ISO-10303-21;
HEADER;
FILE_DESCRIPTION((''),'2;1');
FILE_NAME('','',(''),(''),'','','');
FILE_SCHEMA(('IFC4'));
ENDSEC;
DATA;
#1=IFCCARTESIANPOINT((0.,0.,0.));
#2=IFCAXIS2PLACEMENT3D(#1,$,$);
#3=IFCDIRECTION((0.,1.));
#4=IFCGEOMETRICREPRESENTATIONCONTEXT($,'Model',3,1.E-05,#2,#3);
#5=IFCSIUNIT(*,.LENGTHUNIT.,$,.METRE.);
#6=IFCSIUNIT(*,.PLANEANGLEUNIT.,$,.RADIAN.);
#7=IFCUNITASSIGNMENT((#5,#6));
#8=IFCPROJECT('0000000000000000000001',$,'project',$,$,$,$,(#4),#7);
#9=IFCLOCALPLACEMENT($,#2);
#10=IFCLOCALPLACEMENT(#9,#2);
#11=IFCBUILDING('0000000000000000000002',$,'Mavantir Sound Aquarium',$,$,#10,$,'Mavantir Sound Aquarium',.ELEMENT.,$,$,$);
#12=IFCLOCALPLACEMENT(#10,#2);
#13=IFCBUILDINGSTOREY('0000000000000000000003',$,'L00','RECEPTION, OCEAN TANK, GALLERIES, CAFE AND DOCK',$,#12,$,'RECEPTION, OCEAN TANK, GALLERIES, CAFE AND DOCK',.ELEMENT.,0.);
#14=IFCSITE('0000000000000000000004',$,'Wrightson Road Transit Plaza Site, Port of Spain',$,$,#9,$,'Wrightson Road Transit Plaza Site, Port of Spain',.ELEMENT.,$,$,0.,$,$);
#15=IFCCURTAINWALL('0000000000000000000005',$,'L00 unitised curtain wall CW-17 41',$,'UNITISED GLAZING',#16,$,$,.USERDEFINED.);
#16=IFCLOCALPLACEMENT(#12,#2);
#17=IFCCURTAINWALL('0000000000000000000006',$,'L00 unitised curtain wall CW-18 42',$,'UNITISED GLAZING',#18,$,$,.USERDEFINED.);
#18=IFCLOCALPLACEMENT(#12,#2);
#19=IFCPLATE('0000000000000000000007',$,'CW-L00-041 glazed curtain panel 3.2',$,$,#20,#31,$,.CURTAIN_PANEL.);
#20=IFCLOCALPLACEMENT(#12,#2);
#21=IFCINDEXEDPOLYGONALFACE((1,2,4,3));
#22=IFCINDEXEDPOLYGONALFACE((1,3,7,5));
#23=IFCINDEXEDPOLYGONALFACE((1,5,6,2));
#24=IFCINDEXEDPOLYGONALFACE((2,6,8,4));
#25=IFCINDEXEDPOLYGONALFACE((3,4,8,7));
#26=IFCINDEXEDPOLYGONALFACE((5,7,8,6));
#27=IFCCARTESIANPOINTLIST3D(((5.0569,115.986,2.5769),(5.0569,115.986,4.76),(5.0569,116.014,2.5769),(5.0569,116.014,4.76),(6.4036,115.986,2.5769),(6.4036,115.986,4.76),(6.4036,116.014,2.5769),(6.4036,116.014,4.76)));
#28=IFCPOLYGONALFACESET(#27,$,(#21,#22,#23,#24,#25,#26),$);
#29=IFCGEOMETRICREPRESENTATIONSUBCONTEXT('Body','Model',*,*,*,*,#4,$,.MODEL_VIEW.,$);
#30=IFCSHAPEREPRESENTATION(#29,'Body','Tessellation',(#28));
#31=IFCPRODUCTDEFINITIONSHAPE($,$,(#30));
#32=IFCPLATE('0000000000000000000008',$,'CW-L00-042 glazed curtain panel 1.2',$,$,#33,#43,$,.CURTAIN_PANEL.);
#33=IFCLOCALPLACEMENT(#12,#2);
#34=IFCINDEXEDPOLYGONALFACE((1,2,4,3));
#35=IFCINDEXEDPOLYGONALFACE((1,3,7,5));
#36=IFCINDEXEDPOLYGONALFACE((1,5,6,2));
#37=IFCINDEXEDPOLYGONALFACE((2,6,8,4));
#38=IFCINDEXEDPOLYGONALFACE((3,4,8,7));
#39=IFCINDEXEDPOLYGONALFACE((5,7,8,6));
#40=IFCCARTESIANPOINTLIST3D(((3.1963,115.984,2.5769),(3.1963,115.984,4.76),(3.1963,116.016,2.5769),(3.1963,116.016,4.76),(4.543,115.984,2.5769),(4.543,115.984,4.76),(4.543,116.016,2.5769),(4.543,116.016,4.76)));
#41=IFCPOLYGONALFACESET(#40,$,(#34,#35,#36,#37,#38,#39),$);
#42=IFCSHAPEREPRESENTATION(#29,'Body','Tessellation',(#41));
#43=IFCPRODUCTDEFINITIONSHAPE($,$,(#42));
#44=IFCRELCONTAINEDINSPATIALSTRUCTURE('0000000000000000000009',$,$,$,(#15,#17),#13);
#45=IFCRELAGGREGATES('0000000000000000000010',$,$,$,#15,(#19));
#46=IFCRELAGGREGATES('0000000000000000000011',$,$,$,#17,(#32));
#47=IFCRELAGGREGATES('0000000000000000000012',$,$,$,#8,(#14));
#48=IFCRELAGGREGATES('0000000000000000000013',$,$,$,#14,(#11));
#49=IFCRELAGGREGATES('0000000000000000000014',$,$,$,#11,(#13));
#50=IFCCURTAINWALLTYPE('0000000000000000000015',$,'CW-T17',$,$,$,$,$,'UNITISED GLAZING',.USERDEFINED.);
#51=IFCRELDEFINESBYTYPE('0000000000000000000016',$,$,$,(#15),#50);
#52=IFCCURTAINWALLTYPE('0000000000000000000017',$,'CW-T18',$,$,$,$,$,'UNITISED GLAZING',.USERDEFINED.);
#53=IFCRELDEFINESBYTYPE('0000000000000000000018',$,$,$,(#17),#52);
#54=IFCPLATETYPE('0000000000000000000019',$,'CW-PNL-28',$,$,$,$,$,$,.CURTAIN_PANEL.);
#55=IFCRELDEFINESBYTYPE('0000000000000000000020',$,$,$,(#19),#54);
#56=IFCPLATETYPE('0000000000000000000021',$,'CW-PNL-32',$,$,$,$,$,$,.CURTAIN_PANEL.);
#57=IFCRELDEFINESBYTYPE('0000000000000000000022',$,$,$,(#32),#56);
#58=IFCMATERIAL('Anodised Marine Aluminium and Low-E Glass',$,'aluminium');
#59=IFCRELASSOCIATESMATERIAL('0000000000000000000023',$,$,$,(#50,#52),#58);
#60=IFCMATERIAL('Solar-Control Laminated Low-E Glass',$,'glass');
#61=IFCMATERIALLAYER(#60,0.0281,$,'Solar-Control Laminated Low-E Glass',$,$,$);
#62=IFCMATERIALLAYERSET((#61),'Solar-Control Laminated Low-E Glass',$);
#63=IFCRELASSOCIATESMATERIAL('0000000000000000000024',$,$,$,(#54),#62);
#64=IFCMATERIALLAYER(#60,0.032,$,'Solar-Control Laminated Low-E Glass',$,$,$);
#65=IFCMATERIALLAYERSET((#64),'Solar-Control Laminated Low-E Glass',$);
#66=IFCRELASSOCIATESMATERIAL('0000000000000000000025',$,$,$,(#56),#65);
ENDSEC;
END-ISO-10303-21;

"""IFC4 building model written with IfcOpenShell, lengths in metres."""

from ifc_helpers import new_model, si_unit, direction, frame, origin, origin_2d, place, context, subcontext, project, spatial, rectangle, extrude, material, layer, layer_set, type_object, element, aggregate, save


model = new_model("IFC4")

# Units and contexts
model_context = context("Model", 3, precision=1e-05, world=origin(), true_north=direction((0.0, 1.0)))
body_context = subcontext(model_context, "Body", "Model", "MODEL_VIEW")
ifc_project = project(units=[si_unit("LENGTHUNIT", "METRE"), si_unit("PLANEANGLEUNIT", "RADIAN")], contexts=[model_context])

# Site, building, storey
site_placement = place(None, origin())
site = spatial("IfcSite", under=ifc_project, at=site_placement, Name="Wrightson Road Transit Plaza Site, Port of Spain", LongName="Wrightson Road Transit Plaza Site, Port of Spain", CompositionType="ELEMENT", RefElevation=0.0)
building_placement = place(site_placement, origin())
building = spatial("IfcBuilding", under=site, at=building_placement, Name="Mavantir Sound Aquarium", LongName="Mavantir Sound Aquarium", CompositionType="ELEMENT")
storey_placement = place(building_placement, origin())
storey = spatial("IfcBuildingStorey", under=building, at=storey_placement, Name="L00", Description="RECEPTION, OCEAN TANK, GALLERIES, CAFE AND DOCK", LongName="RECEPTION, OCEAN TANK, GALLERIES, CAFE AND DOCK", CompositionType="ELEMENT", Elevation=0.0)

# Curtain wall
ifc_material_1 = material(Name="Anodised Marine Aluminium and Low-E Glass", Category="aluminium")
curtain_wall_type_1 = type_object("IfcCurtainWallType", Name="CW-T17", ElementType="UNITISED GLAZING", PredefinedType="USERDEFINED", material=ifc_material_1)
curtain_wall_1_placement = place(storey_placement, origin())
curtain_wall_1 = element("IfcCurtainWall", 1, at=curtain_wall_1_placement, inside=storey, type_object=curtain_wall_type_1, Name="L00 unitised curtain wall CW-17 41", ObjectType="UNITISED GLAZING", PredefinedType="USERDEFINED")

# Curtain wall
curtain_wall_type_2 = type_object("IfcCurtainWallType", Name="CW-T18", ElementType="UNITISED GLAZING", PredefinedType="USERDEFINED", material=ifc_material_1)
curtain_wall_2_placement = place(storey_placement, origin())
curtain_wall_2 = element("IfcCurtainWall", 2, at=curtain_wall_2_placement, inside=storey, type_object=curtain_wall_type_2, Name="L00 unitised curtain wall CW-18 42", ObjectType="UNITISED GLAZING", PredefinedType="USERDEFINED")

# Plates
ifc_material_2 = material(Name="Solar-Control Laminated Low-E Glass", Category="glass")
ifc_layer_1 = layer(ifc_material_2, 0.0281, Name="Solar-Control Laminated Low-E Glass")
ifc_layer_set_1 = layer_set([ifc_layer_1], Name="Solar-Control Laminated Low-E Glass")
plate_type_1 = type_object("IfcPlateType", Name="CW-PNL-28", PredefinedType="CURTAIN_PANEL", material=ifc_layer_set_1)
plate_1_placement = place(storey_placement, frame((5.7302, 116.0, 2.5769), z_axis=(0.0, 0.0, 1.0), x_axis=(-1.0, 0.0, 0.0)))
plate_1 = element("IfcPlate", 3, at=plate_1_placement, type_object=plate_type_1, Name="CW-L00-041 glazed curtain panel 3.2", PredefinedType="CURTAIN_PANEL", context=body_context, shape_type="SweptSolid", body=[
    extrude(rectangle(XDim=1.3467, YDim=0.0281, at=origin_2d()), origin(), (0.0, 0.0, 1.0), 2.1831),
])
aggregate(curtain_wall_1, [plate_1])
ifc_layer_2 = layer(ifc_material_2, 0.032, Name="Solar-Control Laminated Low-E Glass")
ifc_layer_set_2 = layer_set([ifc_layer_2], Name="Solar-Control Laminated Low-E Glass")
plate_type_2 = type_object("IfcPlateType", Name="CW-PNL-32", PredefinedType="CURTAIN_PANEL", material=ifc_layer_set_2)
plate_2_placement = place(storey_placement, frame((3.8696, 116.0, 2.5769), z_axis=(0.0, 0.0, 1.0), x_axis=(-1.0, 0.0, 0.0)))
plate_2 = element("IfcPlate", 4, at=plate_2_placement, type_object=plate_type_2, Name="CW-L00-042 glazed curtain panel 1.2", PredefinedType="CURTAIN_PANEL", context=body_context, shape_type="SweptSolid", body=[
    extrude(rectangle(XDim=1.3467, YDim=0.032, at=origin_2d()), origin(), (0.0, 0.0, 1.0), 2.1831),
])
aggregate(curtain_wall_2, [plate_2])

save(model, "model.ifc")
